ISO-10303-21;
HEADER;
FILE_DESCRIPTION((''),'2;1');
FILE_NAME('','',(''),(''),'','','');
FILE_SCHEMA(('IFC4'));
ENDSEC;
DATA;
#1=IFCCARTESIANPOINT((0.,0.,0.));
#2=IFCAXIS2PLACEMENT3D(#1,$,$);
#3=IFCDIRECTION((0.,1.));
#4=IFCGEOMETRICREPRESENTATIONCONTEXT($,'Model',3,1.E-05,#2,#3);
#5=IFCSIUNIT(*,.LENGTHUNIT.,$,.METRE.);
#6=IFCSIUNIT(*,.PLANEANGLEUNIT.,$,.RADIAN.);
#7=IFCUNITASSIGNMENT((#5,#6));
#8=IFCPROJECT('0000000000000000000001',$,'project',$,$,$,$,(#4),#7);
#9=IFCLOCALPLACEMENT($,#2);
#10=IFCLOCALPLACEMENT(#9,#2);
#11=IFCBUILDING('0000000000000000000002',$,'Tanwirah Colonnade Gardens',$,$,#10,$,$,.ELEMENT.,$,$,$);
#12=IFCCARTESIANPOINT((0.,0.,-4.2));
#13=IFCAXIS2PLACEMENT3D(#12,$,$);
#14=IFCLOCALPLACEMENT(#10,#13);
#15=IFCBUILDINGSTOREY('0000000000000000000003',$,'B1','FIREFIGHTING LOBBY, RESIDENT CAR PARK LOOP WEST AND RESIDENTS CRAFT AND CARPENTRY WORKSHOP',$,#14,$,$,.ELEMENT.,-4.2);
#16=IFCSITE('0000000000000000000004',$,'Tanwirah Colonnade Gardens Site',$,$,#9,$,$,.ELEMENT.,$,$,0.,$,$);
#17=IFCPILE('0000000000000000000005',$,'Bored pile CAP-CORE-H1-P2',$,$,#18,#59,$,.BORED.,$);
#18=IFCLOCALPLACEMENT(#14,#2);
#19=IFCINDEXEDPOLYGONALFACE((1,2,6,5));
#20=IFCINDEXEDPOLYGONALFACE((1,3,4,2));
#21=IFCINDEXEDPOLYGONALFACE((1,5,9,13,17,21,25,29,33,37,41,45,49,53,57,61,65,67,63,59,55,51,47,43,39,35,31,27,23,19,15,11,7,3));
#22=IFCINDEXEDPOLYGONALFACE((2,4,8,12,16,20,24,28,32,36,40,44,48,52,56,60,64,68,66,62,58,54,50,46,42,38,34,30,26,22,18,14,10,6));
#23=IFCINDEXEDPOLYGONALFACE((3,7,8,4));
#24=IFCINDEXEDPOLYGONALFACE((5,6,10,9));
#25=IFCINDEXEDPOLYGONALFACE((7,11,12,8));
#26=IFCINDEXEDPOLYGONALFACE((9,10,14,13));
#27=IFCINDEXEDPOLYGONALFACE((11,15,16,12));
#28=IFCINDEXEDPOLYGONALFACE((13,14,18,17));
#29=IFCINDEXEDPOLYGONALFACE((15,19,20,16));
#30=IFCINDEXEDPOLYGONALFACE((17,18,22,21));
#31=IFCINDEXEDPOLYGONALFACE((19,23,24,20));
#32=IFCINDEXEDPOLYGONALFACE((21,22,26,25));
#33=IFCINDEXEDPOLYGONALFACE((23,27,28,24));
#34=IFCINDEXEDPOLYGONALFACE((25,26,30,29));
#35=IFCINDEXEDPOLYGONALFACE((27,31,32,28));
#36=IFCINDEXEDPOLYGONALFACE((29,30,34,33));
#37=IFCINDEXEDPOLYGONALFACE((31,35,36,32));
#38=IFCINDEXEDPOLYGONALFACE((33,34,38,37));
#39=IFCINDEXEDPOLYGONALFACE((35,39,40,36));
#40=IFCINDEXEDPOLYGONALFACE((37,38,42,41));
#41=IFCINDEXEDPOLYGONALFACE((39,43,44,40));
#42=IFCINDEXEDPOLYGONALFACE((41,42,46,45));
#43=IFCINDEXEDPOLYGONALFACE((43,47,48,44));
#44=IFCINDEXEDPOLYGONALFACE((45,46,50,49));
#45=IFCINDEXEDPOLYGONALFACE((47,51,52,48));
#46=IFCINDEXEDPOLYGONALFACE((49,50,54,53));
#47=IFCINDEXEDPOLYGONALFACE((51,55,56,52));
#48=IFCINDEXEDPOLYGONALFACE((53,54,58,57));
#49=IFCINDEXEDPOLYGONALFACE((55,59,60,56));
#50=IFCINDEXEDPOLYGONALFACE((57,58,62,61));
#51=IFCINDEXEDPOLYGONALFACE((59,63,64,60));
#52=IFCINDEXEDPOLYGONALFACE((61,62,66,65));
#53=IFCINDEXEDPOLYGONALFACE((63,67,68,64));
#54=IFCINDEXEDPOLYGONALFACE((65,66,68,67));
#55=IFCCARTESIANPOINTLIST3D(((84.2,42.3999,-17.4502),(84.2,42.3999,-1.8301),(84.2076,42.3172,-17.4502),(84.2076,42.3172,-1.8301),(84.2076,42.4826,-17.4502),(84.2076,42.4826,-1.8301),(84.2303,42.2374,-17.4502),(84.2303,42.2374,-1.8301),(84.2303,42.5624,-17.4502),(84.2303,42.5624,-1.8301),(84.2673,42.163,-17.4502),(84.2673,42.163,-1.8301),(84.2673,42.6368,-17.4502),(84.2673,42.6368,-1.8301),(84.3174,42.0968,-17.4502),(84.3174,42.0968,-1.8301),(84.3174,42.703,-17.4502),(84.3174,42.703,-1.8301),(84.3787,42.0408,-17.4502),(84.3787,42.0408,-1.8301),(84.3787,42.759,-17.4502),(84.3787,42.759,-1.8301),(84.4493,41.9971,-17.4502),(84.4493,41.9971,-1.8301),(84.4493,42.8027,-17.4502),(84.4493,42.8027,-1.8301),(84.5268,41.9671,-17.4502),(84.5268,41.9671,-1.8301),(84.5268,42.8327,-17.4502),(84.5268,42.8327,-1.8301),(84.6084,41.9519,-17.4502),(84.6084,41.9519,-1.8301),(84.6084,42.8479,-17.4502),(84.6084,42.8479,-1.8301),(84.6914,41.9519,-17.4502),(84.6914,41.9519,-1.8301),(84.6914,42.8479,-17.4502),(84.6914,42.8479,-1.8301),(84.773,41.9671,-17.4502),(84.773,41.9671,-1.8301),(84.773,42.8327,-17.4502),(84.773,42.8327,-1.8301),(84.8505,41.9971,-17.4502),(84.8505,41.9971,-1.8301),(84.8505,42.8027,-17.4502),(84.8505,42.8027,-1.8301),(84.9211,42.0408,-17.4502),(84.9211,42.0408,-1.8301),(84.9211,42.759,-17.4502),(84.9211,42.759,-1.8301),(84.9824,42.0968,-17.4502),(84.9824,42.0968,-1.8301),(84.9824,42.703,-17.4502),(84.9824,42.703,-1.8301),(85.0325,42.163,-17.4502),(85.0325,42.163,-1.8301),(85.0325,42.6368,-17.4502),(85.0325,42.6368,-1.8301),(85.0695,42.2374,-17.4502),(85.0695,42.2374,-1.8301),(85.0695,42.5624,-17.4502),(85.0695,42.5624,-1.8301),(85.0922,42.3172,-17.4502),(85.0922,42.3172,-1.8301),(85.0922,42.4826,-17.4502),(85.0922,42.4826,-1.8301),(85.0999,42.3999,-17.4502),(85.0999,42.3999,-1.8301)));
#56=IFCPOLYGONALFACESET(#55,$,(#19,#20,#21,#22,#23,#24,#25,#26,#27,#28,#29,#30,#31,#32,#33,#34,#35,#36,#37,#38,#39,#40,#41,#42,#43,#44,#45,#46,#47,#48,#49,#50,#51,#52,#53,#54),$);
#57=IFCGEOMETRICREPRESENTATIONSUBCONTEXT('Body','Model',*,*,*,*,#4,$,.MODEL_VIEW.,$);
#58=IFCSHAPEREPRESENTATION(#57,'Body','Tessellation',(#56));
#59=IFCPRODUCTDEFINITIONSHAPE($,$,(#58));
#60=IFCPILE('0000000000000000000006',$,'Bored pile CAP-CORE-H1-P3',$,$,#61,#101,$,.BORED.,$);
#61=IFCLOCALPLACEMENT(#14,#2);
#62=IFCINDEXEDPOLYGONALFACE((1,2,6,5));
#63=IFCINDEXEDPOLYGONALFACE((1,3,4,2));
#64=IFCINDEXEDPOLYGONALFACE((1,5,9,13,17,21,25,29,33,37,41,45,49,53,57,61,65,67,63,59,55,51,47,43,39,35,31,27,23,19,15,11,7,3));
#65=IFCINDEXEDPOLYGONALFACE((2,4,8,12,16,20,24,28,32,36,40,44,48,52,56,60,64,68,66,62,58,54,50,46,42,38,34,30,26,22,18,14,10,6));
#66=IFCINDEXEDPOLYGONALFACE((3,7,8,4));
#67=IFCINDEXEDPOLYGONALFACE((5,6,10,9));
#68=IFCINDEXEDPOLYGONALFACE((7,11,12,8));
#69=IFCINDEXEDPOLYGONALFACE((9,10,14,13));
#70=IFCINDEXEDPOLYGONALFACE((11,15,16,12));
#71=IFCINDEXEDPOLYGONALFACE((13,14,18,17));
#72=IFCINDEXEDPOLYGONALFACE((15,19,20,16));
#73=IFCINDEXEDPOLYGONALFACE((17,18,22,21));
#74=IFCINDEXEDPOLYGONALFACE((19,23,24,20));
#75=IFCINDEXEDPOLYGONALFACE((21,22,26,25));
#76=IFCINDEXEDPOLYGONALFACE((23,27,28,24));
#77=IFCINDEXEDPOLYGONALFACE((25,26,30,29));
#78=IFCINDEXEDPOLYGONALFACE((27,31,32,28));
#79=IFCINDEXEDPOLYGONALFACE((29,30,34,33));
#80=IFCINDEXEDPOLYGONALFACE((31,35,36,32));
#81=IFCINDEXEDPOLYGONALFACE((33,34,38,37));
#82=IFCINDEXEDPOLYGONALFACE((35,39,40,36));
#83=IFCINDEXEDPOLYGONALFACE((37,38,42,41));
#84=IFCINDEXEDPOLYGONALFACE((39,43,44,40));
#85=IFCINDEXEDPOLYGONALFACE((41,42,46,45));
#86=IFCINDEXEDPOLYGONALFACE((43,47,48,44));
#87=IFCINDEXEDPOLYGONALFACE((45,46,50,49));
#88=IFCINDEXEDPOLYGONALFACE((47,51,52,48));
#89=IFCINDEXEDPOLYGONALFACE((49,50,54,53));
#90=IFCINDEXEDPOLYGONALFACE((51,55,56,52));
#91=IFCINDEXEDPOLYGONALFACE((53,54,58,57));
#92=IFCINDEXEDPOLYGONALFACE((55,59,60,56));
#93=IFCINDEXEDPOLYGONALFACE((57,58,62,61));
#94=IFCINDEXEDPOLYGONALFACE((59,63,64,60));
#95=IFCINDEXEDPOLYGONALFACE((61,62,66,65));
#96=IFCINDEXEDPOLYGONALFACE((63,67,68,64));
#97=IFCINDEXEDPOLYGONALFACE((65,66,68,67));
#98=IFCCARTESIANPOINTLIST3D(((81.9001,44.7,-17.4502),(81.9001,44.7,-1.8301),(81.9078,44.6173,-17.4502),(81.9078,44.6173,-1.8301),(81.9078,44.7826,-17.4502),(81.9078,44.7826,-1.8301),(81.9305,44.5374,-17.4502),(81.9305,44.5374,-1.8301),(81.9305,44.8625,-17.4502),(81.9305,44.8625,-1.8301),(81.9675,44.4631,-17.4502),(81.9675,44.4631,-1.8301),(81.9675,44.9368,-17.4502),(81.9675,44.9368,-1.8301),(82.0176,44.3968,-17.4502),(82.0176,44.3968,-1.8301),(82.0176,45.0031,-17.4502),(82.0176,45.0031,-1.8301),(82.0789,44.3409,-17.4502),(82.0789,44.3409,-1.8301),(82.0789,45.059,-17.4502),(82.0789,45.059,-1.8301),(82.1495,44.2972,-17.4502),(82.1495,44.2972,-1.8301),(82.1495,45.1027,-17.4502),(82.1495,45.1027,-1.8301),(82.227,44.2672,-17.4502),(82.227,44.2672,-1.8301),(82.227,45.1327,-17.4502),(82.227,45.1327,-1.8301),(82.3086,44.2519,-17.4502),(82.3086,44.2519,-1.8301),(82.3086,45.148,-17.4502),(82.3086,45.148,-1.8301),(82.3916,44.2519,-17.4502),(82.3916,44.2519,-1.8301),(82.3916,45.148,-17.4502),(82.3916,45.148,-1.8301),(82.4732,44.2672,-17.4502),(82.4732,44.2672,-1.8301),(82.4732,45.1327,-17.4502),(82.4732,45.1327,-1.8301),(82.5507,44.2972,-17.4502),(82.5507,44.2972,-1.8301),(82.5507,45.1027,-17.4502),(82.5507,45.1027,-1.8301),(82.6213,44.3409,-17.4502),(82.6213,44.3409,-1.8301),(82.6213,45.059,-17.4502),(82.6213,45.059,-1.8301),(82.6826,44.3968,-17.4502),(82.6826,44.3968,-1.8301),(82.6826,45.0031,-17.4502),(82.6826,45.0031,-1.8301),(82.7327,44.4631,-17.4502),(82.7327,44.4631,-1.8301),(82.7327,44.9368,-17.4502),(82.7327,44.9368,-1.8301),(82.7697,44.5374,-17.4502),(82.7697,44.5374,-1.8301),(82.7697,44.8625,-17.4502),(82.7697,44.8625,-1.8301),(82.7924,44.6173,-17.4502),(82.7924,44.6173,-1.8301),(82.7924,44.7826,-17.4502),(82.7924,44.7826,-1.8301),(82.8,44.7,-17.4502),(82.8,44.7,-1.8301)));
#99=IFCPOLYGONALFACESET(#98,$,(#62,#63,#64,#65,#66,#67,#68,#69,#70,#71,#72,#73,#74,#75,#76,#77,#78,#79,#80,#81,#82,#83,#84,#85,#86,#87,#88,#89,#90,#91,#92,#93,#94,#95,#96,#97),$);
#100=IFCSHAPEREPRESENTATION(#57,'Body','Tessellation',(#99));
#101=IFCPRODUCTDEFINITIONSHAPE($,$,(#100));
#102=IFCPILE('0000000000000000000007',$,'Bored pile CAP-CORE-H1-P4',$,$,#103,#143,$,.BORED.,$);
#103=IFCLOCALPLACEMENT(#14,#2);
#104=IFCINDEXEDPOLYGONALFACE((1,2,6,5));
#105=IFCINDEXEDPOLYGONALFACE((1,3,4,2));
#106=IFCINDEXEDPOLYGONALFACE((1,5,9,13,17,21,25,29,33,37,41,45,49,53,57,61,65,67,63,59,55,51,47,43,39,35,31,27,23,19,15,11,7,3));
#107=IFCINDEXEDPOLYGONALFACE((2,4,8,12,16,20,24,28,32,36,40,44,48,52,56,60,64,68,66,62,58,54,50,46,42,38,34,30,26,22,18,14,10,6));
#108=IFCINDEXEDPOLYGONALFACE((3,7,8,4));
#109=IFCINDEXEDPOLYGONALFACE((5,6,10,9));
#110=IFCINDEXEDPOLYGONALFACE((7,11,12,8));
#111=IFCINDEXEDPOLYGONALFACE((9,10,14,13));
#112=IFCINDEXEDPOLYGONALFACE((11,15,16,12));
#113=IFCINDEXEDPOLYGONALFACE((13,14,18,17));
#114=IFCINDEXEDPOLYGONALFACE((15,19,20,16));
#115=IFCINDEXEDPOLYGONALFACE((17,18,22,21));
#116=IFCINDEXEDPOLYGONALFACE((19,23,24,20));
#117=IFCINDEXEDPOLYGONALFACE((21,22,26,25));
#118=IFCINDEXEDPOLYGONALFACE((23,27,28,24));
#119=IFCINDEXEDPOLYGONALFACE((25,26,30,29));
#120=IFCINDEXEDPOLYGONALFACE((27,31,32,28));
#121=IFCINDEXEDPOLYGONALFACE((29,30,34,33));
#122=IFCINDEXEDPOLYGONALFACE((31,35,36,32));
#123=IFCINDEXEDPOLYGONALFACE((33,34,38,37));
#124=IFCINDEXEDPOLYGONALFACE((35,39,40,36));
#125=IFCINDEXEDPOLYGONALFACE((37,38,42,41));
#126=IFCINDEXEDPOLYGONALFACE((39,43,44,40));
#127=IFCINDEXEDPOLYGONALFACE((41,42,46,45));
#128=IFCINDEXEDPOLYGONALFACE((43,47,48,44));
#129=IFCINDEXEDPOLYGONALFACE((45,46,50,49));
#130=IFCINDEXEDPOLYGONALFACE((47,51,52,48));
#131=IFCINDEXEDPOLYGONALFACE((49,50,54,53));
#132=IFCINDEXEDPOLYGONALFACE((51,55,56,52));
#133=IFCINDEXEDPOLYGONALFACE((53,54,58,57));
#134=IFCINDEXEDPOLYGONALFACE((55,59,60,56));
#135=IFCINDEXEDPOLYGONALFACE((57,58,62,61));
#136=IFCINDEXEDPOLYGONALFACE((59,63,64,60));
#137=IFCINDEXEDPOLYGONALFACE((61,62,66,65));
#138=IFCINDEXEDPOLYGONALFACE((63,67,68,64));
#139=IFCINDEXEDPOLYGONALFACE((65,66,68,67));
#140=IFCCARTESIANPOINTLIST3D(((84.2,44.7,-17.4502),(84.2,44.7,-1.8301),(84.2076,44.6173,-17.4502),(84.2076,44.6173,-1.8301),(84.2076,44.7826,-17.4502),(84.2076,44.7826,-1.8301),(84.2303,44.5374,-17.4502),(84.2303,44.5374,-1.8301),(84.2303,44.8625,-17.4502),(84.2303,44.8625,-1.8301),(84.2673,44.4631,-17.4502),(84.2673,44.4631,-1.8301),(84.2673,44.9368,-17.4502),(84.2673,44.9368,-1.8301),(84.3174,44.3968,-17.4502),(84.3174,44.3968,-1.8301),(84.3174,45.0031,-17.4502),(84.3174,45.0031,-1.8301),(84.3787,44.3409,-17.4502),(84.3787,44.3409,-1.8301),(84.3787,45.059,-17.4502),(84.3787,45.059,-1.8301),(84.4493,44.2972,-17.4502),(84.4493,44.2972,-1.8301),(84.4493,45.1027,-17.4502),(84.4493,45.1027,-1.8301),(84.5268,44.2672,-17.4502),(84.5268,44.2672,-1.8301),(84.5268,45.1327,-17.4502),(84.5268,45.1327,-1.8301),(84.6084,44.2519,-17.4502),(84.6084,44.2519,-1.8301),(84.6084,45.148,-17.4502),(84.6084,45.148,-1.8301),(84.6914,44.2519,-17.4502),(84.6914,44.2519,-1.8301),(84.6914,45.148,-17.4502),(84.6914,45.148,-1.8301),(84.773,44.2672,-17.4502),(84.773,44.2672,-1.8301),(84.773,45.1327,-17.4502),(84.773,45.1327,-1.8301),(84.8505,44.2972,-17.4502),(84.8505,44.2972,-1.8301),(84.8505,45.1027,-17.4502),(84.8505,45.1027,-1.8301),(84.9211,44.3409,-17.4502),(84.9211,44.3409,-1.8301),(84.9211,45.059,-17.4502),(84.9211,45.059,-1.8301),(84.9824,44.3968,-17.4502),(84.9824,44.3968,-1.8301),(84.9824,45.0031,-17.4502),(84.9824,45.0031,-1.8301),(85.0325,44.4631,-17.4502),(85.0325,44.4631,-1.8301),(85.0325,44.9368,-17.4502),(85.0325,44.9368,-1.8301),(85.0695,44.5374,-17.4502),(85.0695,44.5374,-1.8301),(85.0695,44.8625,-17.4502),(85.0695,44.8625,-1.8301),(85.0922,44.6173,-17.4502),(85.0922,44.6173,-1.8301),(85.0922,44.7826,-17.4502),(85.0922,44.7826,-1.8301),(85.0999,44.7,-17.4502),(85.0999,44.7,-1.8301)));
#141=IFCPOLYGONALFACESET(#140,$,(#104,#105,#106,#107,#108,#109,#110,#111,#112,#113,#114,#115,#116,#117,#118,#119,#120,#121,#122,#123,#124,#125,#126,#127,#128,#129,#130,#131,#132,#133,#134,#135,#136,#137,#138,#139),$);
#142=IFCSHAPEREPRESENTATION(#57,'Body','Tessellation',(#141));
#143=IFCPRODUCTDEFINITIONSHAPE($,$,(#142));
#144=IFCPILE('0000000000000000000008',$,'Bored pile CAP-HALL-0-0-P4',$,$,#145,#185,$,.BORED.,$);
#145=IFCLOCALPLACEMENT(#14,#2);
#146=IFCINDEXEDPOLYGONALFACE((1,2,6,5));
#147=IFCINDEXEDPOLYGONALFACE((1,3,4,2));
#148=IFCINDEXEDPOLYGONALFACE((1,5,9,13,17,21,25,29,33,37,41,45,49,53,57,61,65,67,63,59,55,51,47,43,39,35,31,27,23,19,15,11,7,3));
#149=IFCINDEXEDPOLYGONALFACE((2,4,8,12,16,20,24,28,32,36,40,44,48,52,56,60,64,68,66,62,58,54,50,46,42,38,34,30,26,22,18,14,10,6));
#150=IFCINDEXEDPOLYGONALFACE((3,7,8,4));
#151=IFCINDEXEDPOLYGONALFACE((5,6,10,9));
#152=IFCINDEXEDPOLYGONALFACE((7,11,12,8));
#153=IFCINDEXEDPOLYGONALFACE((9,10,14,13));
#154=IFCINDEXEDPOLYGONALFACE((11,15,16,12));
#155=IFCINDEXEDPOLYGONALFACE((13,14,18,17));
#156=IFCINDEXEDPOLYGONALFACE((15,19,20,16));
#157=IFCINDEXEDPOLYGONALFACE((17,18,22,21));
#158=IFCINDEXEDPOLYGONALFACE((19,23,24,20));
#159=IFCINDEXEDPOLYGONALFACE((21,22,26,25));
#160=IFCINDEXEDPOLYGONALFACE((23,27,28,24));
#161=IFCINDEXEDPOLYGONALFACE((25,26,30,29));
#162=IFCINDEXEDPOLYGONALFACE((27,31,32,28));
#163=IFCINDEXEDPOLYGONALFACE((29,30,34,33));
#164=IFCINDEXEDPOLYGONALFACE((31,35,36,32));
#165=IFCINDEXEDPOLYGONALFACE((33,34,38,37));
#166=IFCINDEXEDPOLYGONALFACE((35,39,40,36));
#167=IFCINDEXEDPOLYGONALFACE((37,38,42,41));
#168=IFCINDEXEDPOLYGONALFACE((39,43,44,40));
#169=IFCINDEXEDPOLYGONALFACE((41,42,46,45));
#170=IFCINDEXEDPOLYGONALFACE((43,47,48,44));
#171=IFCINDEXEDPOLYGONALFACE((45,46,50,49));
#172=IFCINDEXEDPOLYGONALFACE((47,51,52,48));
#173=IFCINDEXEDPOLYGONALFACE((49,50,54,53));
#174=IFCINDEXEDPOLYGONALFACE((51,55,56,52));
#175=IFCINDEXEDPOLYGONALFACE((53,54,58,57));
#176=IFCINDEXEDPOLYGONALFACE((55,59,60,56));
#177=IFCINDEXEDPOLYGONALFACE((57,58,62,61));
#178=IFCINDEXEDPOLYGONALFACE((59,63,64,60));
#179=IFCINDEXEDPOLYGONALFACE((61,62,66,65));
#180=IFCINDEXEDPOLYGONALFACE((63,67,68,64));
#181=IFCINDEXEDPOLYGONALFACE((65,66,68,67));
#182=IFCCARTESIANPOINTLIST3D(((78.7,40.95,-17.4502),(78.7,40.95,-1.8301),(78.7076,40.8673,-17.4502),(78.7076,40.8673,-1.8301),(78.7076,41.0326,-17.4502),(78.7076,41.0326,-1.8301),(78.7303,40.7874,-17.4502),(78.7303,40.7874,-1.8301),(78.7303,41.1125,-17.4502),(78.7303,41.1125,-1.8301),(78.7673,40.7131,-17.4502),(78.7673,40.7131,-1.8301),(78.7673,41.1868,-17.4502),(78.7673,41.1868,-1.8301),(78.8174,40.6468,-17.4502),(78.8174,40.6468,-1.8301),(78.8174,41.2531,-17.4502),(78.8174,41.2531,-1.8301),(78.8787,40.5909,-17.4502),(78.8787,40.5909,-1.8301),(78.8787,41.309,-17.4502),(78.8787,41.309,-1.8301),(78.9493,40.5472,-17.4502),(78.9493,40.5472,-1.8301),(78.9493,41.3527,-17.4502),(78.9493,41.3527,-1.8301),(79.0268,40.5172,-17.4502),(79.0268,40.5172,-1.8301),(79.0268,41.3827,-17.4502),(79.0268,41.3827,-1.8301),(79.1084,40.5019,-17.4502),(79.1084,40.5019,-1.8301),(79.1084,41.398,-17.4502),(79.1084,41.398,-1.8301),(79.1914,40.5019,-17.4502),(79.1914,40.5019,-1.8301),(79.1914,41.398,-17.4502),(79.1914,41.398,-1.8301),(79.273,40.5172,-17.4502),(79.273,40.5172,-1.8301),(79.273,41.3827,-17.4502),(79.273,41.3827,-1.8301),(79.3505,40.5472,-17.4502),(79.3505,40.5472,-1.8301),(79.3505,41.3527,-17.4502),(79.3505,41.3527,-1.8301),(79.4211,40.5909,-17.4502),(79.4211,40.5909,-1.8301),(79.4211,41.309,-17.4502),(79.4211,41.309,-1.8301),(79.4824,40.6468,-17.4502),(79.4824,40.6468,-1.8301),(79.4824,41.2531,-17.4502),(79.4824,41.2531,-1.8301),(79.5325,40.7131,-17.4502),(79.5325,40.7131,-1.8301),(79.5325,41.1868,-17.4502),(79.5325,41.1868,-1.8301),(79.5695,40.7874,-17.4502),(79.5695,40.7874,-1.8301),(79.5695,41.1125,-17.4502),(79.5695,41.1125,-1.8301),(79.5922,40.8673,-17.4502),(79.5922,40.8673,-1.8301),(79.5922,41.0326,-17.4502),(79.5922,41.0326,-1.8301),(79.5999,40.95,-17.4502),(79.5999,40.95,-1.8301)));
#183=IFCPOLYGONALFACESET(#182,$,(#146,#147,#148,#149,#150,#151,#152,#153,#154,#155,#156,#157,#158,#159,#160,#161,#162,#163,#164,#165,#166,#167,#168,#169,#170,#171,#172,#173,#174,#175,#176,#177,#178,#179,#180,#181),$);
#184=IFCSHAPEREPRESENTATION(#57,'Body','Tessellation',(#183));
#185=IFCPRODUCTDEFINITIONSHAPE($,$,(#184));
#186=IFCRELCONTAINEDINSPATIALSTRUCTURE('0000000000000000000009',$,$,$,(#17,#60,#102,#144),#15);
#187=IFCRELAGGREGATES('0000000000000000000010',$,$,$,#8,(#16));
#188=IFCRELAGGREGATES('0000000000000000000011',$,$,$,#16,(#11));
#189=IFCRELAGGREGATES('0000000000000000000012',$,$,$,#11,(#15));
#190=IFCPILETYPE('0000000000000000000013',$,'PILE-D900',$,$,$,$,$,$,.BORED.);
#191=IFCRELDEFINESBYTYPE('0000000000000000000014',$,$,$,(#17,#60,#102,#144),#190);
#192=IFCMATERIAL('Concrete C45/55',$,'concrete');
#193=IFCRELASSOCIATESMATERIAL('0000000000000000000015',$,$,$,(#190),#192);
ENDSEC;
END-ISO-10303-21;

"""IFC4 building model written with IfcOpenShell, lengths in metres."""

from ifc_helpers import new_model, si_unit, direction, frame, origin, origin_2d, place, context, subcontext, project, spatial, circle, extrude, material, material_profile, profile_set, type_object, element, save


model = new_model("IFC4")

# Units and contexts
model_context = context("Model", 3, precision=1e-05, world=origin(), true_north=direction((0.0, 1.0)))
body_context = subcontext(model_context, "Body", "Model", "MODEL_VIEW")
ifc_project = project(units=[si_unit("LENGTHUNIT", "METRE"), si_unit("PLANEANGLEUNIT", "RADIAN")], contexts=[model_context])

# Site, building, storey
site_placement = place(None, origin())
site = spatial("IfcSite", under=ifc_project, at=site_placement, Name="Tanwirah Colonnade Gardens Site", CompositionType="ELEMENT", RefElevation=0.0)
building_placement = place(site_placement, origin())
building = spatial("IfcBuilding", under=site, at=building_placement, Name="Tanwirah Colonnade Gardens", CompositionType="ELEMENT")
storey_placement = place(building_placement, frame((0.0, 0.0, -4.2)))
storey = spatial("IfcBuildingStorey", under=building, at=storey_placement, Name="B1", Description="FIREFIGHTING LOBBY, RESIDENT CAR PARK LOOP WEST AND RESIDENTS CRAFT AND CARPENTRY WORKSHOP", CompositionType="ELEMENT", Elevation=-4.2)

# Shared definitions
ifc_material = material(Name="Concrete C45/55", Category="concrete")

# Piles
ifc_material_profile_1 = material_profile(ifc_material, circle(Radius=0.45, at=origin_2d()), Name="PILE D900")
ifc_profile_set_1 = profile_set([ifc_material_profile_1], Name="Concrete C45/55")
pile_type_1 = type_object("IfcPileType", Name="PILE-D900", PredefinedType="BORED", material=ifc_profile_set_1)
for number, where, z_axis, x_axis, name in (
    (1, (84.6499, 42.3999, -1.8301), (0.0, 0.0, -1.0), (1.0, 0.0, 0.0), "Bored pile CAP-CORE-H1-P2"),
    (2, (82.3501, 44.7, -1.8301), (0.0, 0.0, -1.0), (1.0, 0.0, 0.0), "Bored pile CAP-CORE-H1-P3"),
    (3, (84.6499, 44.7, -1.8301), (0.0, 0.0, -1.0), (1.0, 0.0, 0.0), "Bored pile CAP-CORE-H1-P4"),
    (4, (79.1499, 40.95, -1.8301), (0.0, 0.0, -1.0), (1.0, 0.0, 0.0), "Bored pile CAP-HALL-0-0-P4"),
):
    element("IfcPile", number, at=place(storey_placement, frame(where, z_axis=z_axis, x_axis=x_axis)), inside=storey, type_object=pile_type_1, Name=name, PredefinedType="BORED", context=body_context, shape_type="SweptSolid", body=[
        extrude(circle(Radius=0.45, at=origin_2d()), origin(), (0.0, 0.0, 1.0), 15.6201),
    ])

save(model, "model.ifc")
